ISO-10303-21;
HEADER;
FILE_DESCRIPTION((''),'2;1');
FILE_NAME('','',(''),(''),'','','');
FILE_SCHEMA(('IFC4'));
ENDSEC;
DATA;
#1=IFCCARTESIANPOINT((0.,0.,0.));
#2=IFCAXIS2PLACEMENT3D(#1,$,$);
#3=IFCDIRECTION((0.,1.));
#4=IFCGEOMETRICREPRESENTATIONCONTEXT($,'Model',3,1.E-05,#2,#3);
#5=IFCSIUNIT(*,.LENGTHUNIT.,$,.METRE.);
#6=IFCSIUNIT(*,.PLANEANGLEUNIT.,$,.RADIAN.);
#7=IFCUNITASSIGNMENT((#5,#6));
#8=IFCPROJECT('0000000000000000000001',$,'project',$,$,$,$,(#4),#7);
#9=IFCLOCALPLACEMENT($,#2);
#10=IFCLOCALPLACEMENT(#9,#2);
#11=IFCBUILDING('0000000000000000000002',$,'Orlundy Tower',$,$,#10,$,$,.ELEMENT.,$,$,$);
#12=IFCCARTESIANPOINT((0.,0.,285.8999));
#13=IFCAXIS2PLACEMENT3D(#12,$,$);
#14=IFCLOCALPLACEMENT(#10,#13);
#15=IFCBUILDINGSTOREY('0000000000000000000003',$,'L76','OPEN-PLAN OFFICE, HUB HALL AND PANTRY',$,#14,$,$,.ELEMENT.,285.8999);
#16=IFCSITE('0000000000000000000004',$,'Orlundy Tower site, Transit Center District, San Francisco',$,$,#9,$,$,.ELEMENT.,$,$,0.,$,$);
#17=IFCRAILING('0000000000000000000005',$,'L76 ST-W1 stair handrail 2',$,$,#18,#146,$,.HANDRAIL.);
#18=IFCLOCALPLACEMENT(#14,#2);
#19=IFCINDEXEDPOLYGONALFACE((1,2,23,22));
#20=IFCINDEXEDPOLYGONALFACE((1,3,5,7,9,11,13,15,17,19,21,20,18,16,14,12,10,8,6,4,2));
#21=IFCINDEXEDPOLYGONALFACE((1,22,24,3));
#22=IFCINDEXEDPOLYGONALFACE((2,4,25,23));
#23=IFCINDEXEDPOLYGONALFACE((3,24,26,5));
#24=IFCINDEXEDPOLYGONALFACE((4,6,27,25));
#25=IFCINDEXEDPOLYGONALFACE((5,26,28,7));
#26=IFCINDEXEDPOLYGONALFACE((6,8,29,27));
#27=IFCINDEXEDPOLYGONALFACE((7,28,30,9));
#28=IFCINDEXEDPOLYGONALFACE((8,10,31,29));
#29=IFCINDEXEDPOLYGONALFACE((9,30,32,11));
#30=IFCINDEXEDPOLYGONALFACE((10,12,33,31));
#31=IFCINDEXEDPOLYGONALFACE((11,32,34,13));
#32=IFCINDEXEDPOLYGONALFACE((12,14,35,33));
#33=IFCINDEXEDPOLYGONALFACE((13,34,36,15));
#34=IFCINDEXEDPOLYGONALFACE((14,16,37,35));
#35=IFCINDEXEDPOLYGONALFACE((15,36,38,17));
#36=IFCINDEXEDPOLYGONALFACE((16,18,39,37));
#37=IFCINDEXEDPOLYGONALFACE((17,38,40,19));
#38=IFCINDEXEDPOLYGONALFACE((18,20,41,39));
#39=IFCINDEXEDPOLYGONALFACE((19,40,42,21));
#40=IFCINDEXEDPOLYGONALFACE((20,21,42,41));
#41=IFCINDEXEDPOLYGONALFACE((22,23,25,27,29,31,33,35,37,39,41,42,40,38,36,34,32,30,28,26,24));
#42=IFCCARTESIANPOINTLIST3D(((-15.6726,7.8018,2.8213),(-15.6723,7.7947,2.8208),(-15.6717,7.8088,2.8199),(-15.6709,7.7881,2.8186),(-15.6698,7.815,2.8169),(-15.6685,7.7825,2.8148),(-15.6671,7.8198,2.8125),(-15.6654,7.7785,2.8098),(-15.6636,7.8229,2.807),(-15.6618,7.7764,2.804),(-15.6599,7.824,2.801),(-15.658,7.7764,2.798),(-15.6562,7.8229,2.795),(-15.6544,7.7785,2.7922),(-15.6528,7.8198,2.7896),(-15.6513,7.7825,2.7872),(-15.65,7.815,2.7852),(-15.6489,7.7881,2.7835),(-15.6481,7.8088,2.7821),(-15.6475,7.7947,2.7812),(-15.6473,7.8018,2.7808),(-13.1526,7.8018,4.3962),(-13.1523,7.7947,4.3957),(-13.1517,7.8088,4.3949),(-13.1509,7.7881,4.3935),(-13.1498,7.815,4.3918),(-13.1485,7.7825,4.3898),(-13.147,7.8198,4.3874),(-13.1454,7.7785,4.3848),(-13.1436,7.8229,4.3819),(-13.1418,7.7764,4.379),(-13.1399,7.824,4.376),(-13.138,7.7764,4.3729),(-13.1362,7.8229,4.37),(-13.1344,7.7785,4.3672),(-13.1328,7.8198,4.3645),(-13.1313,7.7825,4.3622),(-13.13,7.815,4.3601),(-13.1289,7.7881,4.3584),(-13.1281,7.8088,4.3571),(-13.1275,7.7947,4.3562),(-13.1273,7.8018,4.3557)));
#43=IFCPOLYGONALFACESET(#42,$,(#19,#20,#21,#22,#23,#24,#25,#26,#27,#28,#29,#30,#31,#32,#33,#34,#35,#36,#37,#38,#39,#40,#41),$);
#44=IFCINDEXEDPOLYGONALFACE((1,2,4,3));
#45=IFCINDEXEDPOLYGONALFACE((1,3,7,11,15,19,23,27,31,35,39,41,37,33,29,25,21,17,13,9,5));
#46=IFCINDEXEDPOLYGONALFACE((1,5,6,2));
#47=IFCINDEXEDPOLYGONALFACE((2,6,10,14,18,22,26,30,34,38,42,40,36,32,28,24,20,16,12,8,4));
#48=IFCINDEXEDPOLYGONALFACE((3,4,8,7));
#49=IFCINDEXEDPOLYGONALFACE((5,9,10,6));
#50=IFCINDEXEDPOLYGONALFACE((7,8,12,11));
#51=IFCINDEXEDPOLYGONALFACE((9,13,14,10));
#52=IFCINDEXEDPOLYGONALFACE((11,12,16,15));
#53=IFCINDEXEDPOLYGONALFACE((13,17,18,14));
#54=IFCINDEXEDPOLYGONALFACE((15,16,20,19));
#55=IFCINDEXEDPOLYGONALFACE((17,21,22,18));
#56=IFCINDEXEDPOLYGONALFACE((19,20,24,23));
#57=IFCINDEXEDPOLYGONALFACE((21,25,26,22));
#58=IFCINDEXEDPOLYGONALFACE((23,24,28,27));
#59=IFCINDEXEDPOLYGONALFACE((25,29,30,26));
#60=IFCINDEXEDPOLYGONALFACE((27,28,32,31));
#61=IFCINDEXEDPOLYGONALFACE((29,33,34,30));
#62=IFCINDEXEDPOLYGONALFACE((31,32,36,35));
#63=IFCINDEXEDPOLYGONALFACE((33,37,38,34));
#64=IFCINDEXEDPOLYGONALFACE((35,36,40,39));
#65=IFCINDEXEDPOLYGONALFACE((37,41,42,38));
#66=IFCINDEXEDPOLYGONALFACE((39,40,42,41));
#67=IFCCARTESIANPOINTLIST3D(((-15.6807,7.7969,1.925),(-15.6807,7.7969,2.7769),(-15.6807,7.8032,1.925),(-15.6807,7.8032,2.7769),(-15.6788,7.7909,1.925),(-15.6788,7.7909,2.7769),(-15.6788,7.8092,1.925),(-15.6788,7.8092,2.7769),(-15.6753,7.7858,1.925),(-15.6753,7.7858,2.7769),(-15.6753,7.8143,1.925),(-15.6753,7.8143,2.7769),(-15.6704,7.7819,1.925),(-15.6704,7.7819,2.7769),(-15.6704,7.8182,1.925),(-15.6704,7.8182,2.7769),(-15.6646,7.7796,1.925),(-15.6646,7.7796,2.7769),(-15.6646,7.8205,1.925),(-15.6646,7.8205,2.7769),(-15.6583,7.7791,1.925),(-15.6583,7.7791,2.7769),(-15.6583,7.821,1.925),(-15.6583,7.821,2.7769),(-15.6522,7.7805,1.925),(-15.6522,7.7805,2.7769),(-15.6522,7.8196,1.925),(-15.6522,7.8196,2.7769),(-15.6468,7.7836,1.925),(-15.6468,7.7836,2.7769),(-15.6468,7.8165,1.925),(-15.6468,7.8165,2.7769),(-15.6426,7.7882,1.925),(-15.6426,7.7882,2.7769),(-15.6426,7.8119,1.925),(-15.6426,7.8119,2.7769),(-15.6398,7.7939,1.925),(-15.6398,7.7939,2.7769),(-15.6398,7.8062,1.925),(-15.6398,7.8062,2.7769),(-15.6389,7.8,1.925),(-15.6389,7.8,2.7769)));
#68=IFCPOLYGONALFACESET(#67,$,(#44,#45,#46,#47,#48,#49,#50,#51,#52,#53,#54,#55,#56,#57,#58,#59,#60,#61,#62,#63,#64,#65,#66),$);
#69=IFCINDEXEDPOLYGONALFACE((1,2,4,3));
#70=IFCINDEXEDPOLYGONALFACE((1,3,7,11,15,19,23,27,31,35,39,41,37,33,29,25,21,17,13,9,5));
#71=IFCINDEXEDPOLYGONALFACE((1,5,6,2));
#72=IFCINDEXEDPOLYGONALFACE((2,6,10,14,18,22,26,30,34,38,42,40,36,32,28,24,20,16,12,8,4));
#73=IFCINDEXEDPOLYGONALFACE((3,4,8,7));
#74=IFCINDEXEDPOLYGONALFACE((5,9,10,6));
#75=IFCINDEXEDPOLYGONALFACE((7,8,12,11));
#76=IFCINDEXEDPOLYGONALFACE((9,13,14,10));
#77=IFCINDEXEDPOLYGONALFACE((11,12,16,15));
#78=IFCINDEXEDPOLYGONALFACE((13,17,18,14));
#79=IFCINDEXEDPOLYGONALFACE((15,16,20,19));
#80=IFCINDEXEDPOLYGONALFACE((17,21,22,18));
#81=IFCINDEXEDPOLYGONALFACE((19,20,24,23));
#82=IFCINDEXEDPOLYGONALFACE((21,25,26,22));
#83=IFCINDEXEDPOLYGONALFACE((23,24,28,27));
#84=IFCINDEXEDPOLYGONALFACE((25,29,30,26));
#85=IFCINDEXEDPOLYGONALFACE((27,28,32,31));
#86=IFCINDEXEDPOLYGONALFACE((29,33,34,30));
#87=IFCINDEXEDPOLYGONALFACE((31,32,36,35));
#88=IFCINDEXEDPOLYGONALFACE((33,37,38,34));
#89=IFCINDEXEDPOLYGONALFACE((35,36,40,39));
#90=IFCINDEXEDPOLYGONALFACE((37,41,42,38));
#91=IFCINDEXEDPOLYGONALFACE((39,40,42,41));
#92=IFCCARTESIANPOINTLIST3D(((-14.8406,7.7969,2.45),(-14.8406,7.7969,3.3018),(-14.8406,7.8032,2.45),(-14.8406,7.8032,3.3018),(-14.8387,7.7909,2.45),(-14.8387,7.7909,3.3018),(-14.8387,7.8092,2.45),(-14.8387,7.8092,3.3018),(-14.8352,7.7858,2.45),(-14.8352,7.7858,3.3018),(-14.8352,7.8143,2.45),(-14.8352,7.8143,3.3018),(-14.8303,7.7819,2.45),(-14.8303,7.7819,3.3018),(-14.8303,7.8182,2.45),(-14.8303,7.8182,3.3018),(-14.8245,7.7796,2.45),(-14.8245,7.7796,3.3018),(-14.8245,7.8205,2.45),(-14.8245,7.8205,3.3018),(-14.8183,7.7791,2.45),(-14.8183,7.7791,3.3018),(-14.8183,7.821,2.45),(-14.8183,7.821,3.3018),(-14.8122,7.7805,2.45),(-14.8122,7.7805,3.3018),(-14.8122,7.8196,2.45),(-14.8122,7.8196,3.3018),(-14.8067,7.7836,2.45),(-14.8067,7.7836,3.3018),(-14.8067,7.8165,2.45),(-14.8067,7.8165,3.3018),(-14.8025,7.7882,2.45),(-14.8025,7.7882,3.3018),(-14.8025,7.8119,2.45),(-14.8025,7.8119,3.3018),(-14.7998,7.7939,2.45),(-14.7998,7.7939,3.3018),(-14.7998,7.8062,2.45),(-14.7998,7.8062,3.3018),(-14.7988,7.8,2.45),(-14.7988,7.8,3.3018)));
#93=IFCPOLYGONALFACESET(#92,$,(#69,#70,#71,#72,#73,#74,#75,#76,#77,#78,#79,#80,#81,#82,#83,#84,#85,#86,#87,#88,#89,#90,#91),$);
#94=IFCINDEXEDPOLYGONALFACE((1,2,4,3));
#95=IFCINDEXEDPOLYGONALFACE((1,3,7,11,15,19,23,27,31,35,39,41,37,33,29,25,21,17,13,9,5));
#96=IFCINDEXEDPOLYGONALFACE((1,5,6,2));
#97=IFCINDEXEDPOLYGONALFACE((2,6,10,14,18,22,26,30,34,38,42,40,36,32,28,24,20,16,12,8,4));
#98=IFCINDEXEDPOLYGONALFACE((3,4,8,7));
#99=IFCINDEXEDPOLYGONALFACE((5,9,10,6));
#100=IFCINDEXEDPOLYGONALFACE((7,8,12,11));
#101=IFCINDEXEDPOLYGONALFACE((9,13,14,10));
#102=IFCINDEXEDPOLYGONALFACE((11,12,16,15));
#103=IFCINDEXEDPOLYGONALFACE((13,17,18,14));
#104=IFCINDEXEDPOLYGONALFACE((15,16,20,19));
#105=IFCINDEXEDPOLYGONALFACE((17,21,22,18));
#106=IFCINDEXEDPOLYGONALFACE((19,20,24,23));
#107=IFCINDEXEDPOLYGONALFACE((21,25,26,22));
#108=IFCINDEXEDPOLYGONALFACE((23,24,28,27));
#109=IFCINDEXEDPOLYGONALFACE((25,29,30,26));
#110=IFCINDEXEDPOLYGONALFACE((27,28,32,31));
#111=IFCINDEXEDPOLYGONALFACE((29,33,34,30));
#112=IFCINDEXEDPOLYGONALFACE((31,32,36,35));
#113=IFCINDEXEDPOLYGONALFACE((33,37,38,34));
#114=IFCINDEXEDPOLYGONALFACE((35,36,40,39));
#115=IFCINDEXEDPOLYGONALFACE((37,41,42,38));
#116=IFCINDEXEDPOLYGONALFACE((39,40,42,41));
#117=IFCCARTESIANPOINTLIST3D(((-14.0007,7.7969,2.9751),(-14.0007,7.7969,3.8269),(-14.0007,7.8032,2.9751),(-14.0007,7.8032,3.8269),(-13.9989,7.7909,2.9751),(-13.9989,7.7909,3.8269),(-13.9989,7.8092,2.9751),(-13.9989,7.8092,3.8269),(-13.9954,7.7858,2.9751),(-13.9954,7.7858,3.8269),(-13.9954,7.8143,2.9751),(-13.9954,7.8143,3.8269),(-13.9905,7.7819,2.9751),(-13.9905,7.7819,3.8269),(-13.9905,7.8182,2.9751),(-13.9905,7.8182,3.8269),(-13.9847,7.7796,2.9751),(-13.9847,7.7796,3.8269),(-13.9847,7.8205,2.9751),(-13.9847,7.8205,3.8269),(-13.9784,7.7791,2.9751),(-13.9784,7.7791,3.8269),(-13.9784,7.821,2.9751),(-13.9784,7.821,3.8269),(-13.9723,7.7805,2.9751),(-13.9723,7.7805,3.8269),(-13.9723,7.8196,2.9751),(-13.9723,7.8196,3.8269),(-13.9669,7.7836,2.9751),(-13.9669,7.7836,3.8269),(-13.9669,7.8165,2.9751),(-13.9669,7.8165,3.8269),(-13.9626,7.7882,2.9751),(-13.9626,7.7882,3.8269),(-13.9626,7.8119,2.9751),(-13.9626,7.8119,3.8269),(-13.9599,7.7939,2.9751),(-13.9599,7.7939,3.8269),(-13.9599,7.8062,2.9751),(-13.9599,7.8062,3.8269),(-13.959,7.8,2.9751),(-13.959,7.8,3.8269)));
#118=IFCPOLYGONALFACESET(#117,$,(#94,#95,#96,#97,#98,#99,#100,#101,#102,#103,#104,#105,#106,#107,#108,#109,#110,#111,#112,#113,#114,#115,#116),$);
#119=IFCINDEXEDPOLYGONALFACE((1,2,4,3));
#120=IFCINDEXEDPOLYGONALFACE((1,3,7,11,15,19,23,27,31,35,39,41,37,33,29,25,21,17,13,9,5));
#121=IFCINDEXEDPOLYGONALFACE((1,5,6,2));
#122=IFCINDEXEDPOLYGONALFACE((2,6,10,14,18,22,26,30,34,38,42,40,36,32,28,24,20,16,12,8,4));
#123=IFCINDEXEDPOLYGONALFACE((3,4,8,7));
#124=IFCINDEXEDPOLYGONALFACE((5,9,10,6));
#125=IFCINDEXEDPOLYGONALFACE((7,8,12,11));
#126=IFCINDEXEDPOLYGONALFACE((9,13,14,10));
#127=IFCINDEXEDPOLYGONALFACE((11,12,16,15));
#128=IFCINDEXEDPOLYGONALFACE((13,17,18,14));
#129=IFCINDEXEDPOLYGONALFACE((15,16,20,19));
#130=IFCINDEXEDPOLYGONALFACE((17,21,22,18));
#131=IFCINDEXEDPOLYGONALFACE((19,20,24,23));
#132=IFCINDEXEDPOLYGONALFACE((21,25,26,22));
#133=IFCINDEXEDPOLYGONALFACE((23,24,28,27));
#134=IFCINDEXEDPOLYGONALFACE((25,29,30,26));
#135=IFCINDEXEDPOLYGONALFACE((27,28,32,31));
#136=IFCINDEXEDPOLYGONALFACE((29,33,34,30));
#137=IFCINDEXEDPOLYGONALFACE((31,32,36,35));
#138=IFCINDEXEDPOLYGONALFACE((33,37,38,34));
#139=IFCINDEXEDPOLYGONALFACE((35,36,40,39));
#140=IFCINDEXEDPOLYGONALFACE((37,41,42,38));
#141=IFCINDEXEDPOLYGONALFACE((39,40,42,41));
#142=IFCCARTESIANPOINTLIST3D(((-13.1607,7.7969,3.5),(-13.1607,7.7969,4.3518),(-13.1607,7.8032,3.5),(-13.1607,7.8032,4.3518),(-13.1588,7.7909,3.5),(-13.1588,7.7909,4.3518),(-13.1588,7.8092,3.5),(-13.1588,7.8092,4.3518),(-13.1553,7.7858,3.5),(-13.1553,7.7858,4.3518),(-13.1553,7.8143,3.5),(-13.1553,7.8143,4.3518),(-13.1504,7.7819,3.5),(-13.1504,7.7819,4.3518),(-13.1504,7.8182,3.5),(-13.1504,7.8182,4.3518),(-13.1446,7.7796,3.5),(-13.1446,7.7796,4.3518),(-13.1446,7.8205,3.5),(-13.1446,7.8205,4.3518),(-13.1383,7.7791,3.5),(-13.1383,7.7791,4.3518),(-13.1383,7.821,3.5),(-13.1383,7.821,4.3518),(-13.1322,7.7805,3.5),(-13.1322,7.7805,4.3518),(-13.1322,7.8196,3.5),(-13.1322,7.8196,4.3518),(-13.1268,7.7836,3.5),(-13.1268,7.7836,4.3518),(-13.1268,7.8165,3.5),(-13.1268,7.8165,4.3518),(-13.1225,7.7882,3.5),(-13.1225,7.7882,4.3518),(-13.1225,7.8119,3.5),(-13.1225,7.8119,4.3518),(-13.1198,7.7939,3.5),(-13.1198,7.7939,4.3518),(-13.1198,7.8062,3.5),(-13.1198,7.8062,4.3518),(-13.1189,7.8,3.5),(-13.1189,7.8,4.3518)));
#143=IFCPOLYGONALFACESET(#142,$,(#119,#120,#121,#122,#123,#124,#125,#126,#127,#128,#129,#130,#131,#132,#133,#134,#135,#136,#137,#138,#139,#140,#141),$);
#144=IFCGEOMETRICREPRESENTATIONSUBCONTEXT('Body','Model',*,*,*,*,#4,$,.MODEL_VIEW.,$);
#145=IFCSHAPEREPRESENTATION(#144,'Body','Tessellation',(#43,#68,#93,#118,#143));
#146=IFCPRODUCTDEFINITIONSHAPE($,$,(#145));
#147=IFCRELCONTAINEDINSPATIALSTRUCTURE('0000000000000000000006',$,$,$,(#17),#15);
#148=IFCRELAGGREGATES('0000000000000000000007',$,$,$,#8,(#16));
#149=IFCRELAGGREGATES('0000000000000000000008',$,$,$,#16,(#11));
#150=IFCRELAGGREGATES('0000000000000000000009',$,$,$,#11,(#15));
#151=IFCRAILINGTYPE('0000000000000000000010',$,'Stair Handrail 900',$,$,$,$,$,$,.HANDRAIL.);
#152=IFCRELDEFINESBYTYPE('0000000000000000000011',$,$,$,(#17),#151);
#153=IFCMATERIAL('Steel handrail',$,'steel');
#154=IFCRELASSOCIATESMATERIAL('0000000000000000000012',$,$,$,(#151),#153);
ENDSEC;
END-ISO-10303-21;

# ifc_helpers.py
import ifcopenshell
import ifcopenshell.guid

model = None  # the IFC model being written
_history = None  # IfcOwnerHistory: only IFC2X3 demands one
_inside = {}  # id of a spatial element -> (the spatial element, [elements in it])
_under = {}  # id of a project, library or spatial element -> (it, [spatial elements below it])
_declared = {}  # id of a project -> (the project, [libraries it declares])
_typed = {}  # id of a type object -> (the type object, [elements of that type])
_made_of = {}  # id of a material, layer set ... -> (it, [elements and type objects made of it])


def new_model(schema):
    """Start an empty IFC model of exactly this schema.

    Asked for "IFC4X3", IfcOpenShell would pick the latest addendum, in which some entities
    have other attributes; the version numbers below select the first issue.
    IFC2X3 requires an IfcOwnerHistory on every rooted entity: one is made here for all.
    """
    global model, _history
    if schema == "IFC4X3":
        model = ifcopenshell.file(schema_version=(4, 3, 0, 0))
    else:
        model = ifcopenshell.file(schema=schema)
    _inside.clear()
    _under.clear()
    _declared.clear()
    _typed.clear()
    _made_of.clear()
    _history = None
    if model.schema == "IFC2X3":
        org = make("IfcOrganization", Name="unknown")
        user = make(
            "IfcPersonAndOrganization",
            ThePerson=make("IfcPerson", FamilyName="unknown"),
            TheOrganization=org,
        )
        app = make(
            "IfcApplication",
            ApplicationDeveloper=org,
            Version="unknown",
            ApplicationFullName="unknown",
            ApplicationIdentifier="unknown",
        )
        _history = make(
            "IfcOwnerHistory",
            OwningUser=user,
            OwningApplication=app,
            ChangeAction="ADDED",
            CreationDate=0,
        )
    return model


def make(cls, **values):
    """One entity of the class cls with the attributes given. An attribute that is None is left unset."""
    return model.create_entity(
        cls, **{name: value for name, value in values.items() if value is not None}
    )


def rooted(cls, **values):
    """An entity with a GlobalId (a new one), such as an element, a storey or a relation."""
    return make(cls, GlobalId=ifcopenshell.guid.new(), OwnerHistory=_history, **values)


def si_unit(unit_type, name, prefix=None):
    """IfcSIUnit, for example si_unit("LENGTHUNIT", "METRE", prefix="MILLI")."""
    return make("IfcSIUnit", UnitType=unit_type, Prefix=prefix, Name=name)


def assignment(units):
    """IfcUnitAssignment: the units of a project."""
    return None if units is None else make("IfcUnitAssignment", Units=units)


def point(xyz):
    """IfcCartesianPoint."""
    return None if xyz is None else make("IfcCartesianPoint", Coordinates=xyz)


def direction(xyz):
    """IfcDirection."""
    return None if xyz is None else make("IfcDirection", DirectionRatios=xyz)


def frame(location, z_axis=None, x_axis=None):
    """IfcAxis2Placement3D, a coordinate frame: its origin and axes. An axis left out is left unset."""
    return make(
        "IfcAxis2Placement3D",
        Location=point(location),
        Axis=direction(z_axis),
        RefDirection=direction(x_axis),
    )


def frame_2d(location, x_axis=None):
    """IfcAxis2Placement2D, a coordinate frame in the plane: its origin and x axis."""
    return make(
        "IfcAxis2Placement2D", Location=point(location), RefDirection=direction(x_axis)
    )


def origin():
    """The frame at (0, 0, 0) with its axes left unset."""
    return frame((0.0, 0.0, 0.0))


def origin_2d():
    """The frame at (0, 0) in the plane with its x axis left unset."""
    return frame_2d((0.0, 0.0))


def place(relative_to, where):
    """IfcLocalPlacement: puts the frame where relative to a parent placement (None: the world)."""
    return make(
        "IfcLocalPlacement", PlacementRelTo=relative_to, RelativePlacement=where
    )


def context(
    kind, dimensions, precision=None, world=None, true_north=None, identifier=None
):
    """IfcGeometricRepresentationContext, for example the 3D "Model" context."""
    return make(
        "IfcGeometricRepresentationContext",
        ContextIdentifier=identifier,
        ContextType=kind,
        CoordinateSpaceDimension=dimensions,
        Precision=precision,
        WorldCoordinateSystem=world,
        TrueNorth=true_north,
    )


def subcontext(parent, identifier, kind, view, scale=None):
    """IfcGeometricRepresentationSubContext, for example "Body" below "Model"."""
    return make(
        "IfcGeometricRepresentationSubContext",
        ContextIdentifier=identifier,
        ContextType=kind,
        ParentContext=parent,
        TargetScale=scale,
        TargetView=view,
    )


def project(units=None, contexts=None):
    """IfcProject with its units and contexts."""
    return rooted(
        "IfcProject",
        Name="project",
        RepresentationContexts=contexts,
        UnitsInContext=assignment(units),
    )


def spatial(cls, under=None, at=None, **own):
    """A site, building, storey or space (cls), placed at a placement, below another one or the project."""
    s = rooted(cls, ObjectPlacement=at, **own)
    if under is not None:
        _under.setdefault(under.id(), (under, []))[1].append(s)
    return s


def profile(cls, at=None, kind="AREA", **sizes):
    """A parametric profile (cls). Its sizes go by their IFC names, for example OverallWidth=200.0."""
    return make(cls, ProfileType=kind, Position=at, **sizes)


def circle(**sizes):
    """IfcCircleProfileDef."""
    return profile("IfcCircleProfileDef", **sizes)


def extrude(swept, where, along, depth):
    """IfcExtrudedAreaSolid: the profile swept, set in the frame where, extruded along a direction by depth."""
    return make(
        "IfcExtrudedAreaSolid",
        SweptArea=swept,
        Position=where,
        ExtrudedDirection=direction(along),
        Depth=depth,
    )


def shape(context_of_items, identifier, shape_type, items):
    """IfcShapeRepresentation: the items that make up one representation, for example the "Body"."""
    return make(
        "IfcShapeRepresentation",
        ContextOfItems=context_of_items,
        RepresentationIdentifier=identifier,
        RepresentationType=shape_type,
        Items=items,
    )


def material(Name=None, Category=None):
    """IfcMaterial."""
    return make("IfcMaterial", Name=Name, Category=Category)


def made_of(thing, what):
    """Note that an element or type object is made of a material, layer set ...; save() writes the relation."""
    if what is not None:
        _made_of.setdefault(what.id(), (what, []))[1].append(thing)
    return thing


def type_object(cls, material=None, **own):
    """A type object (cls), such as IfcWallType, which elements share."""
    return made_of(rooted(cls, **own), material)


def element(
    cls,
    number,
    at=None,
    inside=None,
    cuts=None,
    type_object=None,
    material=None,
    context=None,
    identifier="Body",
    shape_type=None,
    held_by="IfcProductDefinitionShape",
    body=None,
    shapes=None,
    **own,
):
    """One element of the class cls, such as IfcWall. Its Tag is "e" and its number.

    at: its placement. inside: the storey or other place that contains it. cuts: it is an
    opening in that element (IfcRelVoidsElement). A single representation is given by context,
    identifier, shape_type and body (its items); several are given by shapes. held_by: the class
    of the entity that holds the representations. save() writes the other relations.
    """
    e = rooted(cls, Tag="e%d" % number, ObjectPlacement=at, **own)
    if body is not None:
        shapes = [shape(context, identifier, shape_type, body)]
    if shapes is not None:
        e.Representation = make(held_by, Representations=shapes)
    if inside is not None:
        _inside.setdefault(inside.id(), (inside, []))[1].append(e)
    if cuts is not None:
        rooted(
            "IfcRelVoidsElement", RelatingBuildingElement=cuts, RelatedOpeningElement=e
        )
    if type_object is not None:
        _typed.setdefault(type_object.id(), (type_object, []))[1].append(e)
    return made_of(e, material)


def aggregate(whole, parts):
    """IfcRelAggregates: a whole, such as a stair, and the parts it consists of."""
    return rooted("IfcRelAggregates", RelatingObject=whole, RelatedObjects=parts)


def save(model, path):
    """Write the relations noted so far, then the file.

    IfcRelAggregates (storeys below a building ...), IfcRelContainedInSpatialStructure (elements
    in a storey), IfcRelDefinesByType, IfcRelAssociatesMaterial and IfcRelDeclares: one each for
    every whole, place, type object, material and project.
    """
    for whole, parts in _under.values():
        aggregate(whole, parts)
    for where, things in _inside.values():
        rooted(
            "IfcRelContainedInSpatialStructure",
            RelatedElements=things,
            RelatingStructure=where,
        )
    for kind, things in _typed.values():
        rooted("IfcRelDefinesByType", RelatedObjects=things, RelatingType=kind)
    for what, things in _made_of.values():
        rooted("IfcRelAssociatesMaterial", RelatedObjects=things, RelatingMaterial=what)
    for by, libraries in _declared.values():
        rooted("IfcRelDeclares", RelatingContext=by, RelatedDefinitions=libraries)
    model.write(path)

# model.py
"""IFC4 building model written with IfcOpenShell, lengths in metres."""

from ifc_helpers import new_model, si_unit, direction, frame, origin, origin_2d, place, context, subcontext, project, spatial, circle, extrude, material, type_object, element, save


model = new_model("IFC4")

# Units and contexts
model_context = context("Model", 3, precision=1e-05, world=origin(), true_north=direction((0.0, 1.0)))
body_context = subcontext(model_context, "Body", "Model", "MODEL_VIEW")
ifc_project = project(units=[si_unit("LENGTHUNIT", "METRE"), si_unit("PLANEANGLEUNIT", "RADIAN")], contexts=[model_context])

# Site, building, storey
site_placement = place(None, origin())
site = spatial("IfcSite", under=ifc_project, at=site_placement, Name="Orlundy Tower site, Transit Center District, San Francisco", CompositionType="ELEMENT", RefElevation=0.0)
building_placement = place(site_placement, origin())
building = spatial("IfcBuilding", under=site, at=building_placement, Name="Orlundy Tower", CompositionType="ELEMENT")
storey_placement = place(building_placement, frame((0.0, 0.0, 285.8999)))
storey = spatial("IfcBuildingStorey", under=building, at=storey_placement, Name="L76", Description="OPEN-PLAN OFFICE, HUB HALL AND PANTRY", CompositionType="ELEMENT", Elevation=285.8999)

# Railing
ifc_material_1 = material(Name="Steel handrail", Category="steel")
railing_type_1 = type_object("IfcRailingType", Name="Stair Handrail 900", PredefinedType="HANDRAIL", material=ifc_material_1)
railing_1_placement = place(storey_placement, frame((-15.6599, 7.8, 1.925)))
element("IfcRailing", 1, at=railing_1_placement, inside=storey, type_object=railing_type_1, Name="L76 ST-W1 stair handrail 2", PredefinedType="HANDRAIL", context=body_context, shape_type="SweptSolid", body=[
    extrude(circle(Radius=0.0239, at=origin_2d()), frame((0.0, 0.0, 0.876), z_axis=(0.848008, 0.0, 0.529984), x_axis=(0.0, 1.0, 0.0)), (0.0, 0.0, 1.0), 2.9717),
    extrude(circle(Radius=0.021, at=origin_2d()), origin(), (0.0, 0.0, 1.0), 0.8518),
    extrude(circle(Radius=0.021, at=origin_2d()), frame((0.8401, 0.0, 0.5249)), (0.0, 0.0, 1.0), 0.8518),
    extrude(circle(Radius=0.021, at=origin_2d()), frame((1.6799, 0.0, 1.05)), (0.0, 0.0, 1.0), 0.8518),
    extrude(circle(Radius=0.021, at=origin_2d()), frame((2.52, 0.0, 1.575)), (0.0, 0.0, 1.0), 0.8518),
])

save(model, "model.ifc")
